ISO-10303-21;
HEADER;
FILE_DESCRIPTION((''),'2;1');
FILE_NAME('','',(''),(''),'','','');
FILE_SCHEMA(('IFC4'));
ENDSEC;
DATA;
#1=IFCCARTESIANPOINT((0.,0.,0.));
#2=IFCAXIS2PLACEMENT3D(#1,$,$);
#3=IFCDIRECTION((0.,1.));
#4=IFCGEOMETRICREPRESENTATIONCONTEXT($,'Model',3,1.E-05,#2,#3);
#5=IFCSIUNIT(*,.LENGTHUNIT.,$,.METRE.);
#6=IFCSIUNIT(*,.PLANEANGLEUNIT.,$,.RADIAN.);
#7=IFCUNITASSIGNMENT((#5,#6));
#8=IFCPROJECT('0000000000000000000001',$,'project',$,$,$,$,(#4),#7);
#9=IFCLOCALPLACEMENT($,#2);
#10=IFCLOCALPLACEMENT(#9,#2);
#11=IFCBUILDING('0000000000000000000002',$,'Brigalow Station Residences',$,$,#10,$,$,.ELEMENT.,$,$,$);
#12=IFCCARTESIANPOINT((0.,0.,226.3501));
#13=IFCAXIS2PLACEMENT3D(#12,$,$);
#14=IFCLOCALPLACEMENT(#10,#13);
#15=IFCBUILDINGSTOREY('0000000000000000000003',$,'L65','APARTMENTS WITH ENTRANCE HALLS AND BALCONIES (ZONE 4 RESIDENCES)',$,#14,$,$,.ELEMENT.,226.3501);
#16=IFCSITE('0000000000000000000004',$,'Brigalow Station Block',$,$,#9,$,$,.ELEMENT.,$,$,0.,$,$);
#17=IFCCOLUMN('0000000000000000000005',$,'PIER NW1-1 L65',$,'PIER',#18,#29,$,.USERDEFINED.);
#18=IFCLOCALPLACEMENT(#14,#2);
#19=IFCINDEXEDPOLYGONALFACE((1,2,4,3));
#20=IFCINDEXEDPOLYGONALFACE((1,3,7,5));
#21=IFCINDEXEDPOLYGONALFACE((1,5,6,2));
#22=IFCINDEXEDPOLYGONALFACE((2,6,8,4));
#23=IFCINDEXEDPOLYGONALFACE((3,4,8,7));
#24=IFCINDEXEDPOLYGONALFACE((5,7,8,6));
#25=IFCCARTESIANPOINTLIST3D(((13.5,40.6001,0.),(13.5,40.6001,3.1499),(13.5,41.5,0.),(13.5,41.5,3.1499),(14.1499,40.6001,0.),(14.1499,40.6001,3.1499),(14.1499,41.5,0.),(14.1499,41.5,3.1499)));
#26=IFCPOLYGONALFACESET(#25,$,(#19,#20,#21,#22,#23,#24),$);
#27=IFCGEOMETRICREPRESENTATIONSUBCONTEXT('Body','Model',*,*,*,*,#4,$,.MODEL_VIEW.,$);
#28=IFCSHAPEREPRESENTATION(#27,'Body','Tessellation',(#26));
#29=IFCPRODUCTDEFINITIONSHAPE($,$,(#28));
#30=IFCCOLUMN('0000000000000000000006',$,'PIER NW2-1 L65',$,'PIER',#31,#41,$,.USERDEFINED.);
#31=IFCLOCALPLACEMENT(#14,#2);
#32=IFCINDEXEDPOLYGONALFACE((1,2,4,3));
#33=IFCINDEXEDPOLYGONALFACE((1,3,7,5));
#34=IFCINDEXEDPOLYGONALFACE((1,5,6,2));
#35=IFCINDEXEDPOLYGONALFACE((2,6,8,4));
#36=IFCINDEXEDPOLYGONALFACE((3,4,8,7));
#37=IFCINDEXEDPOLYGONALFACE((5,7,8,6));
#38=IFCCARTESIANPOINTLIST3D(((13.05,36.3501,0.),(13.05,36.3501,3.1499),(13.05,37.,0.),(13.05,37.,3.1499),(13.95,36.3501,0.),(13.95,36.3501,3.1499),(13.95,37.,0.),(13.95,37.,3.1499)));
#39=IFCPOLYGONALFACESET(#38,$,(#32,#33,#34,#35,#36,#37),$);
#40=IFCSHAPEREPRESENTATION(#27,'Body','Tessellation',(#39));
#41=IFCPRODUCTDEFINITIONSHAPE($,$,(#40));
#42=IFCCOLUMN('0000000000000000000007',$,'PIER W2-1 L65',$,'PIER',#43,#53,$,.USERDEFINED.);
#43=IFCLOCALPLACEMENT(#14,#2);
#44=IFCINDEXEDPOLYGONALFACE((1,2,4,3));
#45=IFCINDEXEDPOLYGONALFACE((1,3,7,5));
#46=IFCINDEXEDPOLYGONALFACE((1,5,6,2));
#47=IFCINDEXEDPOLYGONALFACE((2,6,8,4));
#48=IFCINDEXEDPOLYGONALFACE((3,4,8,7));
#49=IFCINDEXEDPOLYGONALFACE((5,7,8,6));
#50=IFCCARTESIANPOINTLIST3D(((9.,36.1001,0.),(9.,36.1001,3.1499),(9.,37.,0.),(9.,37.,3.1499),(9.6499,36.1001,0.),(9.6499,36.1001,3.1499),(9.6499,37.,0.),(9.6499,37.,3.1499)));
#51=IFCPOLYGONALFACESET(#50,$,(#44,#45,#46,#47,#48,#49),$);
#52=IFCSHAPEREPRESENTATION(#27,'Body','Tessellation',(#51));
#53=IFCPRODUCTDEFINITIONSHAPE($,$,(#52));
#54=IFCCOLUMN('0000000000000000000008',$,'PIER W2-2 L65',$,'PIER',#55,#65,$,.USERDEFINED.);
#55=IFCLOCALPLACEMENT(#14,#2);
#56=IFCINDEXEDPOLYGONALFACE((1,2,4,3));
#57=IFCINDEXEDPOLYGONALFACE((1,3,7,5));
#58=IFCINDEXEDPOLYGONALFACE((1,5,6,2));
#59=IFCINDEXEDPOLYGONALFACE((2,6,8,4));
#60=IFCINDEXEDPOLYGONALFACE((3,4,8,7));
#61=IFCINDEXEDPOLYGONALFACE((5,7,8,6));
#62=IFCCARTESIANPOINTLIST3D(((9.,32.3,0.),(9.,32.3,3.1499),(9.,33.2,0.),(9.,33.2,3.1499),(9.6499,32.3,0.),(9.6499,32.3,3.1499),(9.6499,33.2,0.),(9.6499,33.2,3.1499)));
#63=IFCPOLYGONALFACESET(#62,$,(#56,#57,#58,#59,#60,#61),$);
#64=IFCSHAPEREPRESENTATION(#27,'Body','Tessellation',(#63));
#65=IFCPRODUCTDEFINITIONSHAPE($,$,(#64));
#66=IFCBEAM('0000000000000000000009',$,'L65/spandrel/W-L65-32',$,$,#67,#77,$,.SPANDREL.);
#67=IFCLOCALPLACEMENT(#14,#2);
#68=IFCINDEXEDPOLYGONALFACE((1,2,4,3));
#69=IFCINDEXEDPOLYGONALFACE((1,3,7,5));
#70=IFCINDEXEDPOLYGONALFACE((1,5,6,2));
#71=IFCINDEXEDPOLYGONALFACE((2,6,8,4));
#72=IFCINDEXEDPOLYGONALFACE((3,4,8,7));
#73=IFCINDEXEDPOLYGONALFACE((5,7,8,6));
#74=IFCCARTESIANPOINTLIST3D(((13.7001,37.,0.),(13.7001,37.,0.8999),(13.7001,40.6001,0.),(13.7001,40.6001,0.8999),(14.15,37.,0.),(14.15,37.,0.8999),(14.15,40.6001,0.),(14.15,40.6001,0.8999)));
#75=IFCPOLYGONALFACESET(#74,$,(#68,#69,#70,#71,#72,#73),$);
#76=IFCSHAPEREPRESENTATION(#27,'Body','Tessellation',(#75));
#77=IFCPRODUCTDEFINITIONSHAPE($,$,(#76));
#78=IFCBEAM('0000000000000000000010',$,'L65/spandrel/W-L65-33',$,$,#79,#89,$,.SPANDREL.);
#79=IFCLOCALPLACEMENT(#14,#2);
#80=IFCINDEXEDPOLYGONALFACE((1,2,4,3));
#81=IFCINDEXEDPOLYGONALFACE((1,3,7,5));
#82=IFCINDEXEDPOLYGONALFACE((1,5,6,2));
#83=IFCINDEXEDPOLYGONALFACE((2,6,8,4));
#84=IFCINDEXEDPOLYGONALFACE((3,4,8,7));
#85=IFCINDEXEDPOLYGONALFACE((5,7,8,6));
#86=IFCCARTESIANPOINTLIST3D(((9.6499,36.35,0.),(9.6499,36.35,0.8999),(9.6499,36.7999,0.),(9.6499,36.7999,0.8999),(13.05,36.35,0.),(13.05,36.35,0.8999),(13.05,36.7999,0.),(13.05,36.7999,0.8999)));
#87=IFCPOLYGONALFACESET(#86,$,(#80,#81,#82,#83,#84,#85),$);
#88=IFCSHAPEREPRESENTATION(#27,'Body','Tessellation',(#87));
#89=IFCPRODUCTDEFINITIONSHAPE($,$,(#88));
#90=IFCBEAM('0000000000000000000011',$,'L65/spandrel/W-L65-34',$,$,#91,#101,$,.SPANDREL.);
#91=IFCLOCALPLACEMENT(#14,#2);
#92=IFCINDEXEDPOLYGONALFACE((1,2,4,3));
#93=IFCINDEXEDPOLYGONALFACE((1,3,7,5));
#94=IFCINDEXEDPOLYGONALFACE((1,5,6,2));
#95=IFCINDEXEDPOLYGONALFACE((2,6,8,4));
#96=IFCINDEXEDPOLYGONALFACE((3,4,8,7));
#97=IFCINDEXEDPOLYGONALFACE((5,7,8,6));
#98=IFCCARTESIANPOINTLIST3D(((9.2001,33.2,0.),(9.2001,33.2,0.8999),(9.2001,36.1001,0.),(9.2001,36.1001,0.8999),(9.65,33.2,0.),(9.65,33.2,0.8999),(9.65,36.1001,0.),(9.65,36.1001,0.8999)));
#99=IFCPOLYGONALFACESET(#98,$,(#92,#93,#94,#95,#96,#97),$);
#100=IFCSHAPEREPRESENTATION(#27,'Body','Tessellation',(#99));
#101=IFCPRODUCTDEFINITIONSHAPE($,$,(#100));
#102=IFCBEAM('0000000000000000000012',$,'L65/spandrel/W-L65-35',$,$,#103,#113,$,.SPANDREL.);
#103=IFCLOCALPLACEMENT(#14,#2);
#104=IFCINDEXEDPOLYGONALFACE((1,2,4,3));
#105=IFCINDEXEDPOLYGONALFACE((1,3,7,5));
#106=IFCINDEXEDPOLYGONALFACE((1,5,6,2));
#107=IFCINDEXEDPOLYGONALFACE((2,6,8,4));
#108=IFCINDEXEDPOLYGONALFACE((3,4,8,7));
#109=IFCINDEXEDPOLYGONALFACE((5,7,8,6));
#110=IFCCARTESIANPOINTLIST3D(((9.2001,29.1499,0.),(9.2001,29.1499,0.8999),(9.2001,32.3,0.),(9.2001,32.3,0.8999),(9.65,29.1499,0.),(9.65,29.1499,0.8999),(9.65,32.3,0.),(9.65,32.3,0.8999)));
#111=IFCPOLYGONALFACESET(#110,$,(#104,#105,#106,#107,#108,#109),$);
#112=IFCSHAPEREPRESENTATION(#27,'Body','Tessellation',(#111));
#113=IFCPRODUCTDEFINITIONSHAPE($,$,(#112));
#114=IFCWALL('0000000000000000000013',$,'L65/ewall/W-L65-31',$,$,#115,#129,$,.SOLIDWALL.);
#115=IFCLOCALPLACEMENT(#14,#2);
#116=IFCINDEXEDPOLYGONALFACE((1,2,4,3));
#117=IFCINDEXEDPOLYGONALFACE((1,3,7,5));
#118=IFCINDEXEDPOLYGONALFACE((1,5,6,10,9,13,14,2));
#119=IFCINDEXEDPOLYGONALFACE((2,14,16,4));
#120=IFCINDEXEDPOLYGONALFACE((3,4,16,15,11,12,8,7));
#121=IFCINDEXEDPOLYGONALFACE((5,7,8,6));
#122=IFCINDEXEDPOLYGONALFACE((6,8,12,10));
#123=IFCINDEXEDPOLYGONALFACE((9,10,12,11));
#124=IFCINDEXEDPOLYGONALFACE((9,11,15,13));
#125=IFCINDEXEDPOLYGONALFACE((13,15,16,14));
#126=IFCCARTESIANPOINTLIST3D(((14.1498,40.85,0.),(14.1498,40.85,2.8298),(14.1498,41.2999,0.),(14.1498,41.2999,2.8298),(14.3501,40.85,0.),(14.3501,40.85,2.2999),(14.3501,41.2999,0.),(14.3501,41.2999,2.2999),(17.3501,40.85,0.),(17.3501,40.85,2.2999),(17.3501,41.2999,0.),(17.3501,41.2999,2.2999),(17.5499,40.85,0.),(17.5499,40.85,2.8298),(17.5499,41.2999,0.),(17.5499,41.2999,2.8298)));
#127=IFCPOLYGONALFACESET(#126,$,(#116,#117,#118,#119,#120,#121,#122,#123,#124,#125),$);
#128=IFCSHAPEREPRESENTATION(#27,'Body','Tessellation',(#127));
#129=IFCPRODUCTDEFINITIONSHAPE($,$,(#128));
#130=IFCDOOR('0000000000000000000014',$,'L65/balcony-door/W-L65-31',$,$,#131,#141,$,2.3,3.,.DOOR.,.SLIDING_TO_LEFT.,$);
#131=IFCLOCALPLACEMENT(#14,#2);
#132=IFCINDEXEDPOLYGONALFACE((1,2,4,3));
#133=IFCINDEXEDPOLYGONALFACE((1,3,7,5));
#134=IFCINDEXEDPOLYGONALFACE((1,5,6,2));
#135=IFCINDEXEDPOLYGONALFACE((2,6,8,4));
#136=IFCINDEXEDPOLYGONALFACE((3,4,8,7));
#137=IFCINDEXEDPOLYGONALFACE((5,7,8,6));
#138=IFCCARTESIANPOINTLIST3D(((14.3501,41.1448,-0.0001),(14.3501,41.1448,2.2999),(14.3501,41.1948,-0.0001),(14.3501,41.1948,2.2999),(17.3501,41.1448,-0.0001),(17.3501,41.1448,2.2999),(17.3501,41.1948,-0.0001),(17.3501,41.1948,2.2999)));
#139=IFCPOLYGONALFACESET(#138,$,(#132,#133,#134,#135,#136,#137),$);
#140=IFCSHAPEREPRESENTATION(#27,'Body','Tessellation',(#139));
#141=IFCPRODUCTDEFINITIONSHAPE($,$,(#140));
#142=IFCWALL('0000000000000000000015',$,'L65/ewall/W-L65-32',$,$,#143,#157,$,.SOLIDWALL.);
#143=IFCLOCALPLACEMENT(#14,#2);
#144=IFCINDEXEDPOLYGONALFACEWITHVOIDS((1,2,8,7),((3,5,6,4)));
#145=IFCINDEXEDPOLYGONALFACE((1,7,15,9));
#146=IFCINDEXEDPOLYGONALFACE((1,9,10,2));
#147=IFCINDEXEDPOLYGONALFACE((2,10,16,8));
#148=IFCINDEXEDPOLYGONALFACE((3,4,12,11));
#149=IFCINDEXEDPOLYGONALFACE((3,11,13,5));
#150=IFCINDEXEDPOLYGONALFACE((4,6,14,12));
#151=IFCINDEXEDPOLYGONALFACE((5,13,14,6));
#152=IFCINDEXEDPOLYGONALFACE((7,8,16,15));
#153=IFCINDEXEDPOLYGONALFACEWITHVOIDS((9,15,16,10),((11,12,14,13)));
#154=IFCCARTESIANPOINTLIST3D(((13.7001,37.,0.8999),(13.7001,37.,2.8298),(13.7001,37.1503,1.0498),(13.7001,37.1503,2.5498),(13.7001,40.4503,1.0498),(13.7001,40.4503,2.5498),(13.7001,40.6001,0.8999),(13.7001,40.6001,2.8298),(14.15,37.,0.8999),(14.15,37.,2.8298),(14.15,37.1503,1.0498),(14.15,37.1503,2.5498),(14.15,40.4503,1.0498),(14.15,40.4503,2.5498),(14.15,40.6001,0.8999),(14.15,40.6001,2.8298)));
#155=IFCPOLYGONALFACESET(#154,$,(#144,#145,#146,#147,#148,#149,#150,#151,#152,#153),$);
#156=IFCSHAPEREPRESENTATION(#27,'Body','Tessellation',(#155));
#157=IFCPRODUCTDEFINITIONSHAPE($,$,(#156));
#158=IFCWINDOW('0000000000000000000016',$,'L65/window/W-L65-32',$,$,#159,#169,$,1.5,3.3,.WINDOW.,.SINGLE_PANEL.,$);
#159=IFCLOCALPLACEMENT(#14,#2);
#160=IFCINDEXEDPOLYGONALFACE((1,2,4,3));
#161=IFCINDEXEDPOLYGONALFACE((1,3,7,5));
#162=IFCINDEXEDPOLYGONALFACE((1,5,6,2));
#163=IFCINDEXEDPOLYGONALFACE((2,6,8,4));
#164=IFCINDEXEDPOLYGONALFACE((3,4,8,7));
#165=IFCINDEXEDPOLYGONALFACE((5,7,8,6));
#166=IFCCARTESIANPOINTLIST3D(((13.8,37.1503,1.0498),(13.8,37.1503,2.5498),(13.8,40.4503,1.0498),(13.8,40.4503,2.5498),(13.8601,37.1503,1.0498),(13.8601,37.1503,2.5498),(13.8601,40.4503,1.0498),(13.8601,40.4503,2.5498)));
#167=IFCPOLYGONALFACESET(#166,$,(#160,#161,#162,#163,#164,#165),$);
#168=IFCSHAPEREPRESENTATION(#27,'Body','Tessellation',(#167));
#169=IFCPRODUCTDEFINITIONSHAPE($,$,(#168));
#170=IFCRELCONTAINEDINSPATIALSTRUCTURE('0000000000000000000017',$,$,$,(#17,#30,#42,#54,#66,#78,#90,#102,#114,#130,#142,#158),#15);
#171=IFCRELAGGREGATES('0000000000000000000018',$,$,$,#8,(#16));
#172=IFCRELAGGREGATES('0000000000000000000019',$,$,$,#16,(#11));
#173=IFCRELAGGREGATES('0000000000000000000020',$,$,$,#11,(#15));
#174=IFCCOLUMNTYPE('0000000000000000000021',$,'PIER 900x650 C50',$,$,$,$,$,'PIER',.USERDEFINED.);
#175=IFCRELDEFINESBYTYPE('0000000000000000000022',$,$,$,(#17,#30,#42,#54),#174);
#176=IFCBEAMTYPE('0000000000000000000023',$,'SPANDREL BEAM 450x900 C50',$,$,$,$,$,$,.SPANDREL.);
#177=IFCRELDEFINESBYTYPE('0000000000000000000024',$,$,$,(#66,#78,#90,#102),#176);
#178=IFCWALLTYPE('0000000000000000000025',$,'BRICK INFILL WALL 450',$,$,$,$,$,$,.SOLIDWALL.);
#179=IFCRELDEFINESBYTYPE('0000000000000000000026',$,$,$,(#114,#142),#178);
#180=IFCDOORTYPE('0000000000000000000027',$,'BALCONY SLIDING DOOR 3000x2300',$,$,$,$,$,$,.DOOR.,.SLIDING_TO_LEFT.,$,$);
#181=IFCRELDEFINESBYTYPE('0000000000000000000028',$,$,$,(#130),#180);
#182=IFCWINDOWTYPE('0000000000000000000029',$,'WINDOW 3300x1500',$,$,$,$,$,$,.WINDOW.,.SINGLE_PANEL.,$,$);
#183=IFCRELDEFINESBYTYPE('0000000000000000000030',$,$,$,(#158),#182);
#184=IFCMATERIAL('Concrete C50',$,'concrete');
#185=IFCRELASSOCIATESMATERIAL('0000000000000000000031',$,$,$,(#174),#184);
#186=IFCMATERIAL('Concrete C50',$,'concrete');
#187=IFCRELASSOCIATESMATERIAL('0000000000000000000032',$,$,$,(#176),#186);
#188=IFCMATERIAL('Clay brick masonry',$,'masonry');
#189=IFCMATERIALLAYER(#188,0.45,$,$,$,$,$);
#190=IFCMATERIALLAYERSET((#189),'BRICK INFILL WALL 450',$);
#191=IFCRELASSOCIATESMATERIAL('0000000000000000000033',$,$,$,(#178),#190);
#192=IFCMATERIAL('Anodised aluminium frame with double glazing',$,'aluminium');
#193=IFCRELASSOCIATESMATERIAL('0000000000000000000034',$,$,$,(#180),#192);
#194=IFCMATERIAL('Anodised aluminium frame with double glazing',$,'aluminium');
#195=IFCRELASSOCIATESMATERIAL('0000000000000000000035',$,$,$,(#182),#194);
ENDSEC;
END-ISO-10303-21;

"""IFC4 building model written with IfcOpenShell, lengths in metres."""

from ifc_helpers import new_model, si_unit, direction, frame, frame_2d, origin, origin_2d, place, context, subcontext, project, spatial, rectangle, extrude, material, layer, layer_set, material_profile, profile_set, type_object, element, fill, save


model = new_model("IFC4")

# Units and contexts
model_context = context("Model", 3, precision=1e-05, world=origin(), true_north=direction((0.0, 1.0)))
body_context = subcontext(model_context, "Body", "Model", "MODEL_VIEW")
ifc_project = project(units=[si_unit("LENGTHUNIT", "METRE"), si_unit("PLANEANGLEUNIT", "RADIAN")], contexts=[model_context])

# Site, building, storey
site_placement = place(None, origin())
site = spatial("IfcSite", under=ifc_project, at=site_placement, Name="Brigalow Station Block", CompositionType="ELEMENT", RefElevation=0.0)
building_placement = place(site_placement, origin())
building = spatial("IfcBuilding", under=site, at=building_placement, Name="Brigalow Station Residences", CompositionType="ELEMENT")
storey_placement = place(building_placement, frame((0.0, 0.0, 226.3501)))
storey = spatial("IfcBuildingStorey", under=building, at=storey_placement, Name="L65", Description="APARTMENTS WITH ENTRANCE HALLS AND BALCONIES (ZONE 4 RESIDENCES)", CompositionType="ELEMENT", Elevation=226.3501)

# Columns
ifc_material_1 = material(Name="Concrete C50", Category="concrete")
ifc_material_profile_1 = material_profile(ifc_material_1, rectangle(XDim=0.8999, YDim=0.6499, at=origin_2d()), Name="RC900x650")
ifc_profile_set_1 = profile_set([ifc_material_profile_1], Name="Concrete C50")
column_type = type_object("IfcColumnType", Name="PIER 900x650 C50", ElementType="PIER", PredefinedType="USERDEFINED", material=ifc_profile_set_1)
for number, where, z_axis, x_axis, name in (
    (1, (13.825, 41.05, 0.0), (0.0, 0.0, 1.0), (0.0, -1.0, 0.0), "PIER NW1-1 L65"),
    (2, (13.5, 36.675, 0.0), (0.0, 0.0, 1.0), (-1.0, 0.0, 0.0), "PIER NW2-1 L65"),
    (3, (9.325, 36.55, 0.0), (0.0, 0.0, 1.0), (0.0, -1.0, 0.0), "PIER W2-1 L65"),
    (4, (9.325, 32.75, 0.0), (0.0, 0.0, 1.0), (0.0, -1.0, 0.0), "PIER W2-2 L65"),
):
    element("IfcColumn", number, at=place(storey_placement, frame(where, z_axis=z_axis, x_axis=x_axis)), inside=storey, type_object=column_type, Name=name, ObjectType="PIER", PredefinedType="USERDEFINED", context=body_context, shape_type="SweptSolid", body=[
        extrude(rectangle(XDim=0.8999, YDim=0.6499, at=origin_2d()), origin(), (0.0, 0.0, 1.0), 3.1499),
    ])

# Beams
ifc_material_2 = material(Name="Concrete C50", Category="concrete")
ifc_material_profile_2 = material_profile(ifc_material_2, rectangle(XDim=0.45, YDim=0.8999, at=origin_2d()), Name="RC450x900")
ifc_profile_set_2 = profile_set([ifc_material_profile_2], Name="Concrete C50")
beam_type = type_object("IfcBeamType", Name="SPANDREL BEAM 450x900 C50", PredefinedType="SPANDREL", material=ifc_profile_set_2)
beam_1_placement = place(storey_placement, frame((13.925, 40.6001, 0.45), z_axis=(0.0, -1.0, 0.0), x_axis=(1.0, 0.0, 0.0)))
element("IfcBeam", 5, at=beam_1_placement, inside=storey, type_object=beam_type, Name="L65/spandrel/W-L65-32", PredefinedType="SPANDREL", context=body_context, shape_type="SweptSolid", body=[
    extrude(rectangle(XDim=0.45, YDim=0.8999, at=origin_2d()), origin(), (0.0, 0.0, 1.0), 3.6001),
])
beam_2_placement = place(storey_placement, frame((13.05, 36.575, 0.45), z_axis=(-1.0, 0.0, 0.0), x_axis=(0.0, -1.0, 0.0)))
element("IfcBeam", 6, at=beam_2_placement, inside=storey, type_object=beam_type, Name="L65/spandrel/W-L65-33", PredefinedType="SPANDREL", context=body_context, shape_type="SweptSolid", body=[
    extrude(rectangle(XDim=0.45, YDim=0.8999, at=origin_2d()), origin(), (0.0, 0.0, 1.0), 3.4001),
])
beam_3_placement = place(storey_placement, frame((9.425, 36.1001, 0.45), z_axis=(0.0, -1.0, 0.0), x_axis=(1.0, 0.0, 0.0)))
element("IfcBeam", 7, at=beam_3_placement, inside=storey, type_object=beam_type, Name="L65/spandrel/W-L65-34", PredefinedType="SPANDREL", context=body_context, shape_type="SweptSolid", body=[
    extrude(rectangle(XDim=0.45, YDim=0.8999, at=origin_2d()), origin(), (0.0, 0.0, 1.0), 2.9001),
])
beam_4_placement = place(storey_placement, frame((9.425, 32.3, 0.45), z_axis=(0.0, -1.0, 0.0), x_axis=(1.0, 0.0, 0.0)))
element("IfcBeam", 8, at=beam_4_placement, inside=storey, type_object=beam_type, Name="L65/spandrel/W-L65-35", PredefinedType="SPANDREL", context=body_context, shape_type="SweptSolid", body=[
    extrude(rectangle(XDim=0.45, YDim=0.8999, at=origin_2d()), origin(), (0.0, 0.0, 1.0), 3.1501),
])

# Wall, opening, door
ifc_material_3 = material(Name="Clay brick masonry", Category="masonry")
ifc_layer_1 = layer(ifc_material_3, 0.45)
ifc_layer_set_1 = layer_set([ifc_layer_1], Name="BRICK INFILL WALL 450")
wall_type_1 = type_object("IfcWallType", Name="BRICK INFILL WALL 450", PredefinedType="SOLIDWALL", material=ifc_layer_set_1)
wall_1_placement = place(storey_placement, frame((17.55, 41.075, 0.0), z_axis=(0.0, 0.0, 1.0), x_axis=(-1.0, 0.0, 0.0)))
wall_1 = element("IfcWall", 9, at=wall_1_placement, inside=storey, type_object=wall_type_1, Name="L65/ewall/W-L65-31", PredefinedType="SOLIDWALL", context=body_context, shape_type="SweptSolid", body=[
    extrude(rectangle(XDim=3.4001, YDim=0.45, at=frame_2d((1.7002, 0.0))), origin(), (0.0, 0.0, 1.0), 2.8298),
])
opening_1_placement = place(wall_1_placement, frame((0.2, 0.0, 0.0)))
opening_1 = element("IfcOpeningElement", 10, at=opening_1_placement, cuts=wall_1, PredefinedType="OPENING", context=body_context, shape_type="SweptSolid", body=[
    extrude(rectangle(XDim=3.0, YDim=2.3, at=frame_2d((1.5, 1.1499))), frame((0.0, 0.2349, 0.0), z_axis=(0.0, -1.0, 0.0), x_axis=(1.0, 0.0, 0.0)), (0.0, 0.0, 1.0), 0.47),
])
ifc_material_4 = material(Name="Anodised aluminium frame with double glazing", Category="aluminium")
door_type_1 = type_object("IfcDoorType", Name="BALCONY SLIDING DOOR 3000x2300", OperationType="SLIDING_TO_LEFT", PredefinedType="DOOR", material=ifc_material_4)
door_1_placement = place(opening_1_placement, origin())
door_1 = element("IfcDoor", 11, at=door_1_placement, inside=storey, type_object=door_type_1, Name="L65/balcony-door/W-L65-31", OperationType="SLIDING_TO_LEFT", OverallHeight=2.3, OverallWidth=3.0, PredefinedType="DOOR", context=body_context, shape_type="SweptSolid", body=[
    extrude(rectangle(XDim=3.0, YDim=2.3, at=frame_2d((1.5, 1.1499))), frame((0.0, -0.0698, 0.0), z_axis=(0.0, -1.0, 0.0), x_axis=(1.0, 0.0, 0.0)), (0.0, 0.0, 1.0), 0.05),
])
fill(opening_1, door_1)

# Wall, opening, window
wall_2_placement = place(storey_placement, frame((13.925, 40.6001, 0.8999), z_axis=(0.0, 0.0, 1.0), x_axis=(0.0, -1.0, 0.0)))
wall_2 = element("IfcWall", 12, at=wall_2_placement, inside=storey, type_object=wall_type_1, Name="L65/ewall/W-L65-32", PredefinedType="SOLIDWALL", context=body_context, shape_type="SweptSolid", body=[
    extrude(rectangle(XDim=3.6001, YDim=0.45, at=frame_2d((1.8, 0.0))), origin(), (0.0, 0.0, 1.0), 1.9299),
])
opening_2_placement = place(wall_2_placement, frame((0.1499, 0.0, 0.1499)))
opening_2 = element("IfcOpeningElement", 13, at=opening_2_placement, cuts=wall_2, PredefinedType="OPENING", context=body_context, shape_type="SweptSolid", body=[
    extrude(rectangle(XDim=3.3, YDim=1.5, at=frame_2d((1.6499, 0.75))), frame((0.0, 0.2349, 0.0), z_axis=(0.0, -1.0, 0.0), x_axis=(1.0, 0.0, 0.0)), (0.0, 0.0, 1.0), 0.47),
])
ifc_material_5 = material(Name="Anodised aluminium frame with double glazing", Category="aluminium")
window_type_1 = type_object("IfcWindowType", Name="WINDOW 3300x1500", PartitioningType="SINGLE_PANEL", PredefinedType="WINDOW", material=ifc_material_5)
window_1_placement = place(opening_2_placement, origin())
window_1 = element("IfcWindow", 14, at=window_1_placement, inside=storey, type_object=window_type_1, Name="L65/window/W-L65-32", OverallHeight=1.5, OverallWidth=3.3, PartitioningType="SINGLE_PANEL", PredefinedType="WINDOW", context=body_context, shape_type="SweptSolid", body=[
    extrude(rectangle(XDim=3.3, YDim=1.5, at=frame_2d((1.6499, 0.75))), frame((0.0, -0.0649, 0.0), z_axis=(0.0, -1.0, 0.0), x_axis=(1.0, 0.0, 0.0)), (0.0, 0.0, 1.0), 0.0601),
])
fill(opening_2, window_1)

save(model, "model.ifc")
